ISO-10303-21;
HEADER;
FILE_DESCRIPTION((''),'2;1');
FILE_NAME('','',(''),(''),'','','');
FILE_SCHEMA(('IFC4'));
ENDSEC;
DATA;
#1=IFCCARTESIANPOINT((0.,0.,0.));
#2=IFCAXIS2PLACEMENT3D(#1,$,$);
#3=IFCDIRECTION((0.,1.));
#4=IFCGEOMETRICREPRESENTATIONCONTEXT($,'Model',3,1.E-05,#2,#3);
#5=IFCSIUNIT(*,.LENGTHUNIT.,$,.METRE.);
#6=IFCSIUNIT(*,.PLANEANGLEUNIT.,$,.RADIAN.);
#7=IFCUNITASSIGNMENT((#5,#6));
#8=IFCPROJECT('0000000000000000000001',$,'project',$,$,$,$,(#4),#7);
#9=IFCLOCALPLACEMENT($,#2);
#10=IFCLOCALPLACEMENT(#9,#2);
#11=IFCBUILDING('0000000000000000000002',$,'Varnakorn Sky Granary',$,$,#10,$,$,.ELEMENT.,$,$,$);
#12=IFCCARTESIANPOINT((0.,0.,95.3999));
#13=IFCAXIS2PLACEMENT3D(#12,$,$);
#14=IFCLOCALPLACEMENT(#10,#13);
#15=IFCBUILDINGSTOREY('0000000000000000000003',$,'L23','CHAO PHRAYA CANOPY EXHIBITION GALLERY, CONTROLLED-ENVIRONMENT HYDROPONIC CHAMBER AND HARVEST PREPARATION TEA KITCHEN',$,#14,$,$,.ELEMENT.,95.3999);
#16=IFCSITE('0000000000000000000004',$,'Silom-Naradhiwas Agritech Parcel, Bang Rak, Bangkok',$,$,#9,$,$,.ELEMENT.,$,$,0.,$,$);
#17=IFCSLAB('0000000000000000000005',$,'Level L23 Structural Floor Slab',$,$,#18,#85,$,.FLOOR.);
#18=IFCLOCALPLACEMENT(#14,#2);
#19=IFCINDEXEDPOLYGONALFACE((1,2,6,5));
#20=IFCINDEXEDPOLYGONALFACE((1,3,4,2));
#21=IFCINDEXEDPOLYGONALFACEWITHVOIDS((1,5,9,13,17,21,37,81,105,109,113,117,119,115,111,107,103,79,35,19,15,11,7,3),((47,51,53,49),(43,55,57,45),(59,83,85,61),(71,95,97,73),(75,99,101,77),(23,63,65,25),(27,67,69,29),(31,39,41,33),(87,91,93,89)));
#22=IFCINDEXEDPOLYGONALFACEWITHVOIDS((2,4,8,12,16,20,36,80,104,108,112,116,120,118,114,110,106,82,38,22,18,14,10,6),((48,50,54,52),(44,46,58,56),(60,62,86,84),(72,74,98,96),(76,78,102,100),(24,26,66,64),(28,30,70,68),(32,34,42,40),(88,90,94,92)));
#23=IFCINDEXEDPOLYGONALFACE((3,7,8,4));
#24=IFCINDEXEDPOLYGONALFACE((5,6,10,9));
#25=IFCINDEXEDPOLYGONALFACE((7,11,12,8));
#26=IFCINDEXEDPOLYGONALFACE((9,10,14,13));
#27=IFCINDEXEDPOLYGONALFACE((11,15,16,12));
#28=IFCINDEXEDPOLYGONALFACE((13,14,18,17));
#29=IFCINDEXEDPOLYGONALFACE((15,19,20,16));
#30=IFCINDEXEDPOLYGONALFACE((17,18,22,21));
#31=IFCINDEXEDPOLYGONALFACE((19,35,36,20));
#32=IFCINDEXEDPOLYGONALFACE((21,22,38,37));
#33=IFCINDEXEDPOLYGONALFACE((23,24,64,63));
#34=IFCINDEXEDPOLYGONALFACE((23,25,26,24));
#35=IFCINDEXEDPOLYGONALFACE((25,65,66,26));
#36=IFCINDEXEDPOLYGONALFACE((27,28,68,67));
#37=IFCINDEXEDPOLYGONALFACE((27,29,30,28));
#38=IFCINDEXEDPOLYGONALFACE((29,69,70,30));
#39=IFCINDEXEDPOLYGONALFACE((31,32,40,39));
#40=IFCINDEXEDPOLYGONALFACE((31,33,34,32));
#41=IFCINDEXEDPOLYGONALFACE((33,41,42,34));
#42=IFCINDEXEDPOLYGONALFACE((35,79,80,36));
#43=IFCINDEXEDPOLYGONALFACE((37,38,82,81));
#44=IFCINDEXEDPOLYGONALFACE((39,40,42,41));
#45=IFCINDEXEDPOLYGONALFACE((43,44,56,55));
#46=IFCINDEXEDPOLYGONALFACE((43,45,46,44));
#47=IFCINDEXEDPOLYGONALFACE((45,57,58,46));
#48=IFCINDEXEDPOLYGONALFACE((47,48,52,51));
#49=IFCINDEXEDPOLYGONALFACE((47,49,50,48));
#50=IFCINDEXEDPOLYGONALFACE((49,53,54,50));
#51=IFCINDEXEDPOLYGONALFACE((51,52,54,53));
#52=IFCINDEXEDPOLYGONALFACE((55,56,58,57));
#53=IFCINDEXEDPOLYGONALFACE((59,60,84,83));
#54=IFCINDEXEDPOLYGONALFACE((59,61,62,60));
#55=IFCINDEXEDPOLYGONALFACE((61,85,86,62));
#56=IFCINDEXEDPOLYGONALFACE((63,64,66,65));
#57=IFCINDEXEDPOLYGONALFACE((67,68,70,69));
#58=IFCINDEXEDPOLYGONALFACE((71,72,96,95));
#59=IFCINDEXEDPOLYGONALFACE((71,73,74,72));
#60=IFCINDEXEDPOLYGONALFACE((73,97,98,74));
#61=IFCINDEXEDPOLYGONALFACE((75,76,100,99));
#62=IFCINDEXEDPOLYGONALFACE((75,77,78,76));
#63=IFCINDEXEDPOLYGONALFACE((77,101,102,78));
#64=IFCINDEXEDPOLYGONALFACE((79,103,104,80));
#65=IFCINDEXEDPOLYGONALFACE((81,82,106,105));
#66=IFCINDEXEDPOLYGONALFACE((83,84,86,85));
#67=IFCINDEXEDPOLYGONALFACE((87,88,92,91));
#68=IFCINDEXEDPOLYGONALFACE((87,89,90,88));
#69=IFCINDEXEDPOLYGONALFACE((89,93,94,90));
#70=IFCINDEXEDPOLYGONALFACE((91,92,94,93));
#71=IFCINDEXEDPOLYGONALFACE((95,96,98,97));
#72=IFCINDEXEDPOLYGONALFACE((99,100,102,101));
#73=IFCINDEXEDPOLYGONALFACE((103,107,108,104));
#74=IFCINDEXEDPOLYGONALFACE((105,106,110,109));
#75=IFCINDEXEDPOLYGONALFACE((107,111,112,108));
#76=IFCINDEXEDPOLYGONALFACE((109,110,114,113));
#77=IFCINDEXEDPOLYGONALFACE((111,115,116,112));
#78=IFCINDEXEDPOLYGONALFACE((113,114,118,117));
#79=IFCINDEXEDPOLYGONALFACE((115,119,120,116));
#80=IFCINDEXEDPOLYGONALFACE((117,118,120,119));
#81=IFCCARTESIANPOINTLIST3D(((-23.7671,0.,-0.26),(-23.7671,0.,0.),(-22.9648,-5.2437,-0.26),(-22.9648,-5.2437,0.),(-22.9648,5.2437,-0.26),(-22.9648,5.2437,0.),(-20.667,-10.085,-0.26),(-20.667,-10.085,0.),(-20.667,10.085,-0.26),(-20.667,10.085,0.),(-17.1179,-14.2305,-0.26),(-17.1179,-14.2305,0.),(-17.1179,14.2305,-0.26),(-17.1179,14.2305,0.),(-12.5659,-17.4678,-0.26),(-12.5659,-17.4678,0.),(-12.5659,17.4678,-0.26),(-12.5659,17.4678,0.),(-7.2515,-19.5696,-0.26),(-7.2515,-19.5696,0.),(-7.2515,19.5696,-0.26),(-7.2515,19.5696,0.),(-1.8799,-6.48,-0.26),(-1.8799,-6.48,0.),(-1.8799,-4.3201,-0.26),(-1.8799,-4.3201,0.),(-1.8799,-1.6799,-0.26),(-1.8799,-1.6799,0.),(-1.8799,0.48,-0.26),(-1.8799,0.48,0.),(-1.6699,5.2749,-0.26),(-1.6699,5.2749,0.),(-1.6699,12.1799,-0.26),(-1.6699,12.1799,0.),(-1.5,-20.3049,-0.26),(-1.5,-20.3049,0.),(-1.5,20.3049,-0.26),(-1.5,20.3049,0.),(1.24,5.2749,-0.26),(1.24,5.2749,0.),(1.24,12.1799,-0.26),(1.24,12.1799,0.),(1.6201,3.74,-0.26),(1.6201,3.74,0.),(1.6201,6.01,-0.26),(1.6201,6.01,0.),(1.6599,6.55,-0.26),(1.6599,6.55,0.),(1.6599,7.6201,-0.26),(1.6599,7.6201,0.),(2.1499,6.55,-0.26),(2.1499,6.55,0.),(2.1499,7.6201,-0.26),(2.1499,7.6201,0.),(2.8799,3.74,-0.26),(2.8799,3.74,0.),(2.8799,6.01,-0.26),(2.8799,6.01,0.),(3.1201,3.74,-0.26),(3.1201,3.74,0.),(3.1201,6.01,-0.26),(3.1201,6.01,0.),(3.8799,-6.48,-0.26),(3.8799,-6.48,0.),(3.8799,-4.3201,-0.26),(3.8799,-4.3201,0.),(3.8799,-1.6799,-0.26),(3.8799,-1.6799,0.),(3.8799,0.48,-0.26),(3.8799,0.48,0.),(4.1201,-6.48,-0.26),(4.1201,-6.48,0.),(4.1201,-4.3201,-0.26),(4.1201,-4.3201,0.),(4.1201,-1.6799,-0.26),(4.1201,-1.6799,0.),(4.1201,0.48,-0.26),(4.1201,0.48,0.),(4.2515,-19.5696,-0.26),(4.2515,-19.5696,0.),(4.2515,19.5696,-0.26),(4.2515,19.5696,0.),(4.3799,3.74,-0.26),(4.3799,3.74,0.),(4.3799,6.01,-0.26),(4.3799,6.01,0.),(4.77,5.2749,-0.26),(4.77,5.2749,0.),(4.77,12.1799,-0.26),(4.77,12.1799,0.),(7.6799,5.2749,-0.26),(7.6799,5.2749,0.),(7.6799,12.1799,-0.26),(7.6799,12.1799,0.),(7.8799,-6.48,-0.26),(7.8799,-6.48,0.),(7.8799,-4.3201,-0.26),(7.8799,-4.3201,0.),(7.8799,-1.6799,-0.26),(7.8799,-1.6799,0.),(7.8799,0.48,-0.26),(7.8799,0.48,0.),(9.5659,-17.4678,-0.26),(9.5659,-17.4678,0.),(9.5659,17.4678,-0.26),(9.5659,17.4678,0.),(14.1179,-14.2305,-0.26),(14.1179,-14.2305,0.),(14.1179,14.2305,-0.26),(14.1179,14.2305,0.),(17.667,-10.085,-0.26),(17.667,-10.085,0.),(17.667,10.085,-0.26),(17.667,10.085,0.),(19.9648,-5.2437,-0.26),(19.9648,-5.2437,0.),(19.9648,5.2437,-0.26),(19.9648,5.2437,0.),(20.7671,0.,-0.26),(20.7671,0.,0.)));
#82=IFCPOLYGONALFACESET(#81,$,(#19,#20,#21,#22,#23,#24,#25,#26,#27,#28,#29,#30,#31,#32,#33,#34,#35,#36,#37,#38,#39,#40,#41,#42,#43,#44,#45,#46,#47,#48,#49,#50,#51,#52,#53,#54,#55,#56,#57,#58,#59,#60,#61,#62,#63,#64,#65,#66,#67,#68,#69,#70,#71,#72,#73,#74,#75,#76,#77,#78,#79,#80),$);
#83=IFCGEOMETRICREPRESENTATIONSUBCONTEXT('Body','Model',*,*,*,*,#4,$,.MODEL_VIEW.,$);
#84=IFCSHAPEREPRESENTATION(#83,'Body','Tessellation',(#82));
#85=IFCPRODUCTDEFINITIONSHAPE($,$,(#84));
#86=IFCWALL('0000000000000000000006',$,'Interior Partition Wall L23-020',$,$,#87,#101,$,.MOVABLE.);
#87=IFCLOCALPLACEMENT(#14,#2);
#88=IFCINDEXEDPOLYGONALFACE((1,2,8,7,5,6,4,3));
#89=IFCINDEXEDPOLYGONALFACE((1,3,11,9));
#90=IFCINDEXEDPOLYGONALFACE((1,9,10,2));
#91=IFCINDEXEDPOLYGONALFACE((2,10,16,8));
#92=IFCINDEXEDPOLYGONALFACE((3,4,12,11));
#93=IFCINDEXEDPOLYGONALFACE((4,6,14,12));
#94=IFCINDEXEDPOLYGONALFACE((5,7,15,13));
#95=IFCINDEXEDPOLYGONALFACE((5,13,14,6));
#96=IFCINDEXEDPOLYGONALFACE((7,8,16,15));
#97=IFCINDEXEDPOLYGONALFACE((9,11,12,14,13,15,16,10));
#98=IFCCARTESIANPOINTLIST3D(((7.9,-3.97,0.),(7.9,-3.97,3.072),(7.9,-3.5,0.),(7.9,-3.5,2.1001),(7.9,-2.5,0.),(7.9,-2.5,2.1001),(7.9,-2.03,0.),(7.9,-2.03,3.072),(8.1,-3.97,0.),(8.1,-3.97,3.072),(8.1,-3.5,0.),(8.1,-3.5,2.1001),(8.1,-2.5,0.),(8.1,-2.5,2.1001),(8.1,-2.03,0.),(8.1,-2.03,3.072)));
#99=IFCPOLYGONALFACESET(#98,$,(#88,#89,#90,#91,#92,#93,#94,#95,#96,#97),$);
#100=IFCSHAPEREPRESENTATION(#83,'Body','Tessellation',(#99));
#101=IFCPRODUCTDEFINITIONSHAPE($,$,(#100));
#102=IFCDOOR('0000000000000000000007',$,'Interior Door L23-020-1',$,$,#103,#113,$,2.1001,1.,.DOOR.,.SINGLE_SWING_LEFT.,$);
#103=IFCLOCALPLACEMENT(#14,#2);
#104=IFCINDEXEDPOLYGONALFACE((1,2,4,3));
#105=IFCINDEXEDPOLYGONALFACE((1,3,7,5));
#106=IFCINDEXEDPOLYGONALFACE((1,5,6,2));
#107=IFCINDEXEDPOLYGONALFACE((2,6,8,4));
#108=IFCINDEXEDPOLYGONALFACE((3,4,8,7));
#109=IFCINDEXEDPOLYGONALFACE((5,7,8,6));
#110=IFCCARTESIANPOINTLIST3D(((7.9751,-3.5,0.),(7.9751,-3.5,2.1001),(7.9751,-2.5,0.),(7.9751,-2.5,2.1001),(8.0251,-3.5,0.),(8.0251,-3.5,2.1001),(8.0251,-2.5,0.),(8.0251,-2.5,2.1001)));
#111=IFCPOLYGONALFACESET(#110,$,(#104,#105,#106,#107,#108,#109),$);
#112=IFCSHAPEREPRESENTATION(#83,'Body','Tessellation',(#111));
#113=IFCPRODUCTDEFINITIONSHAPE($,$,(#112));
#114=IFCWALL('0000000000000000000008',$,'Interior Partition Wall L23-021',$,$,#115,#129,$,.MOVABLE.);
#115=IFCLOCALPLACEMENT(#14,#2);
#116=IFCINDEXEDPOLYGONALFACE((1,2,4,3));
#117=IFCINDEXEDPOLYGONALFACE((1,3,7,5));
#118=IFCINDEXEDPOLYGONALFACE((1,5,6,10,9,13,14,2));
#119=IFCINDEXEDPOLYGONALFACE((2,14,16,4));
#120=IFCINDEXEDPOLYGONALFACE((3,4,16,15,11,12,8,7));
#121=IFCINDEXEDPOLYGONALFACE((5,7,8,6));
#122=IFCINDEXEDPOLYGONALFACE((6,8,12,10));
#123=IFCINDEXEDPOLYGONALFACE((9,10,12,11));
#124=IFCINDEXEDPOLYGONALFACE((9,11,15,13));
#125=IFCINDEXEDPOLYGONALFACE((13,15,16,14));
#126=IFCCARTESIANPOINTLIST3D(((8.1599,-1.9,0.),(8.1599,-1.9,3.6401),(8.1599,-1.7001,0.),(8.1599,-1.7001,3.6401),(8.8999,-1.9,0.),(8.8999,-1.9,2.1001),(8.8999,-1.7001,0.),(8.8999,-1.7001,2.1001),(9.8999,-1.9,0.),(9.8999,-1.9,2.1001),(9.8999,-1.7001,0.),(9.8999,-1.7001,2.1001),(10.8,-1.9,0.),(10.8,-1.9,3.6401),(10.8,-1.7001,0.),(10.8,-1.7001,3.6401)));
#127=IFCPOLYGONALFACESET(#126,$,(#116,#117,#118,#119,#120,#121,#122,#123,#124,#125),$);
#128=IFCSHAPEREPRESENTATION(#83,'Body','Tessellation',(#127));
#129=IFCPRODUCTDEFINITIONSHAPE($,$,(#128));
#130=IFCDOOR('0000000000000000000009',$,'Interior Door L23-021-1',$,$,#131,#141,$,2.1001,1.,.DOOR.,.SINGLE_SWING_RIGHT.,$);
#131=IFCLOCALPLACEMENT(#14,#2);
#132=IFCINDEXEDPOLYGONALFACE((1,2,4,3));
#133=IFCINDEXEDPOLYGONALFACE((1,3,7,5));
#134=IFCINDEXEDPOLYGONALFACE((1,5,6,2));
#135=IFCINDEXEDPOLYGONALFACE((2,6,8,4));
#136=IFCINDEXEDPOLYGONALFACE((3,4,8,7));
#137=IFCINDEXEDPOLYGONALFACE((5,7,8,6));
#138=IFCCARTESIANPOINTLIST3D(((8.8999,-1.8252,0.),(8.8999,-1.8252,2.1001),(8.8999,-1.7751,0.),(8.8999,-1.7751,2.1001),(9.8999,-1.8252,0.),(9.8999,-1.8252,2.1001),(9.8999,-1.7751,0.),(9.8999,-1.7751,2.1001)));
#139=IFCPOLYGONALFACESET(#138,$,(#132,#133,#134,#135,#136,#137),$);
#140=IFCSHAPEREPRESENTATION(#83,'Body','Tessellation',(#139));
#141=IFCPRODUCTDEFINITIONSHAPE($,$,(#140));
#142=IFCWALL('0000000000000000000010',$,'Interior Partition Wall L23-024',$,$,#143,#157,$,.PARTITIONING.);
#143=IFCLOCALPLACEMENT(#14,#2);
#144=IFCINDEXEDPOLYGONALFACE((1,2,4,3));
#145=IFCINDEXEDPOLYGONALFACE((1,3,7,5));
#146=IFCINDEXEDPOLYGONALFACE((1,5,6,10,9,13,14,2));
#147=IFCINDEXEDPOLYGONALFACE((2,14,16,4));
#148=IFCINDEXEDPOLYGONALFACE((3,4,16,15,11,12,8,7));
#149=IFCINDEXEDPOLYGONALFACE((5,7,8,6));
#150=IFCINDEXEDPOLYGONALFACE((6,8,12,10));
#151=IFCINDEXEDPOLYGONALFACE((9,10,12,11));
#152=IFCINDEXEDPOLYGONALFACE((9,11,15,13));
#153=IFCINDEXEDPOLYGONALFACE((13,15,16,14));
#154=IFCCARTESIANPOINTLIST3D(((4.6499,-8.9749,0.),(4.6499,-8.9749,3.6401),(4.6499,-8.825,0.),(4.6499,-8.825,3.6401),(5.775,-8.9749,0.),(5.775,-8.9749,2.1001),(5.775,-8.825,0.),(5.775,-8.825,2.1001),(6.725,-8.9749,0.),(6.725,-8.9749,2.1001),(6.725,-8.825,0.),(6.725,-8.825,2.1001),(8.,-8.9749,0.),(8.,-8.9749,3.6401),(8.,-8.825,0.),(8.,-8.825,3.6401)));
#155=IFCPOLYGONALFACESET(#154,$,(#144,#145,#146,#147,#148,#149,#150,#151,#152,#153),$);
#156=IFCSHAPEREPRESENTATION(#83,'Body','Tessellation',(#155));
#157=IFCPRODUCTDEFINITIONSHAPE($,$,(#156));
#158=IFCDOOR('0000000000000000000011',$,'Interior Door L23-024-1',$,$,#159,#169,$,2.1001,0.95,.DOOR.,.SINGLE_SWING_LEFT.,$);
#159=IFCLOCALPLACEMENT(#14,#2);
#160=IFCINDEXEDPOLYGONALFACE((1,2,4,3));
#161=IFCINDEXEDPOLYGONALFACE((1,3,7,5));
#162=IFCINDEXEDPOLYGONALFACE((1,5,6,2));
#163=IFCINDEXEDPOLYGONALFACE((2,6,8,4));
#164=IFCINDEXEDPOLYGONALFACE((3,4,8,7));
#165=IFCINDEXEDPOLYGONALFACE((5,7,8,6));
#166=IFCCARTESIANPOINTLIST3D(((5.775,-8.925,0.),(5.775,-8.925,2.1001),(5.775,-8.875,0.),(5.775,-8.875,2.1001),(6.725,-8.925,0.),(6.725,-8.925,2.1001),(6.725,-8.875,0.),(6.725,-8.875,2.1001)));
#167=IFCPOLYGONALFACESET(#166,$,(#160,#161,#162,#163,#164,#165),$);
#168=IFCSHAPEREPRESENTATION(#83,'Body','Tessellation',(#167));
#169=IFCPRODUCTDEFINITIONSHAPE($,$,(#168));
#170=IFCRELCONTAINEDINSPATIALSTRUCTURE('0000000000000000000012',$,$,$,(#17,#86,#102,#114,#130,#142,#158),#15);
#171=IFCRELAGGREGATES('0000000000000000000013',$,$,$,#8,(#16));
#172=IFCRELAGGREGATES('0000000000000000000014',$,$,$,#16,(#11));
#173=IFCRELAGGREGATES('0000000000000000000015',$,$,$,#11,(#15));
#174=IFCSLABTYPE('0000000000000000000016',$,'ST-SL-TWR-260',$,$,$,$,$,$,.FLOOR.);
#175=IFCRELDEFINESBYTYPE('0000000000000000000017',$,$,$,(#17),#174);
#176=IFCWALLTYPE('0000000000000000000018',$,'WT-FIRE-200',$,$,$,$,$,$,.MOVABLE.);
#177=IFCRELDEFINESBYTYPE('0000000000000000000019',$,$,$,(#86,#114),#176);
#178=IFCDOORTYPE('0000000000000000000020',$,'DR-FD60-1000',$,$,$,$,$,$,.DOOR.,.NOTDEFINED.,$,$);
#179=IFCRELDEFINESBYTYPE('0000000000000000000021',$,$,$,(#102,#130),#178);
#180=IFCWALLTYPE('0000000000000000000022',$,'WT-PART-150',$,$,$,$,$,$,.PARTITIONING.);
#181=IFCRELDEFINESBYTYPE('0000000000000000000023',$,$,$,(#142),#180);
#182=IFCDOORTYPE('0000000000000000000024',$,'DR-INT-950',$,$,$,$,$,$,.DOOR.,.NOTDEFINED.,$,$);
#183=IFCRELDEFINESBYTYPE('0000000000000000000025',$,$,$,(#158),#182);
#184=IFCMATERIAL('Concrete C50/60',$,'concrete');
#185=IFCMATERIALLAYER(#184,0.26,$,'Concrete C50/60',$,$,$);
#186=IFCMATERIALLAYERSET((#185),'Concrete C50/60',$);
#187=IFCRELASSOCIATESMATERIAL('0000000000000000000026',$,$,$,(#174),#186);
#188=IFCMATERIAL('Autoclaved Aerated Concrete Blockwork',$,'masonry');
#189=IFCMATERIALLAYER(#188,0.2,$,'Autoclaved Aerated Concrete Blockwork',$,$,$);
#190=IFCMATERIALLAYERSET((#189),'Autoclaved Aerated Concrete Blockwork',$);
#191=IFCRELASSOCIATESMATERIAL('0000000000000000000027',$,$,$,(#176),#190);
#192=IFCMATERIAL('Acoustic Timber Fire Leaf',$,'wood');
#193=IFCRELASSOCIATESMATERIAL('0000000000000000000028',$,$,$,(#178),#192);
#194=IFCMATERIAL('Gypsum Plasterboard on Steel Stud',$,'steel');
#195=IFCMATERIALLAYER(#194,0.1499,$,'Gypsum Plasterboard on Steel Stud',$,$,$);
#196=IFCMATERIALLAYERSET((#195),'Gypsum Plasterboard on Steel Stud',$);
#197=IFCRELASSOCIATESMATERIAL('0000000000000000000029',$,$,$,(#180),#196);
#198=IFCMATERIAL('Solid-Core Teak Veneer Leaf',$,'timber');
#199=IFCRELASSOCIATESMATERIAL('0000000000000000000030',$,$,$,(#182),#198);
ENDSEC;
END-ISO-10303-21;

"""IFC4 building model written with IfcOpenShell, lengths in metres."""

from ifc_helpers import new_model, si_unit, direction, frame, frame_2d, origin, place, context, subcontext, project, spatial, polyline, rectangle, outline, extrude, material, layer, layer_set, type_object, element, fill, save


model = new_model("IFC4")

# Units and contexts
model_context = context("Model", 3, precision=1e-05, world=origin(), true_north=direction((0.0, 1.0)))
body_context = subcontext(model_context, "Body", "Model", "MODEL_VIEW")
ifc_project = project(units=[si_unit("LENGTHUNIT", "METRE"), si_unit("PLANEANGLEUNIT", "RADIAN")], contexts=[model_context])

# Site, building, storey
site_placement = place(None, origin())
site = spatial("IfcSite", under=ifc_project, at=site_placement, Name="Silom-Naradhiwas Agritech Parcel, Bang Rak, Bangkok", CompositionType="ELEMENT", RefElevation=0.0)
building_placement = place(site_placement, origin())
building = spatial("IfcBuilding", under=site, at=building_placement, Name="Varnakorn Sky Granary", CompositionType="ELEMENT")
storey_placement = place(building_placement, frame((0.0, 0.0, 95.3999)))
storey = spatial("IfcBuildingStorey", under=building, at=storey_placement, Name="L23", Description="CHAO PHRAYA CANOPY EXHIBITION GALLERY, CONTROLLED-ENVIRONMENT HYDROPONIC CHAMBER AND HARVEST PREPARATION TEA KITCHEN", CompositionType="ELEMENT", Elevation=95.3999)

# Slab
ifc_material_1 = material(Name="Concrete C50/60", Category="concrete")
ifc_layer_1 = layer(ifc_material_1, 0.26, Name="Concrete C50/60")
ifc_layer_set_1 = layer_set([ifc_layer_1], Name="Concrete C50/60")
slab_type_1 = type_object("IfcSlabType", Name="ST-SL-TWR-260", PredefinedType="FLOOR", material=ifc_layer_set_1)
slab_1_placement = place(storey_placement, frame((0.0, 0.0, -0.26)))
element("IfcSlab", 1, at=slab_1_placement, inside=storey, type_object=slab_type_1, Name="Level L23 Structural Floor Slab", PredefinedType="FLOOR", context=body_context, shape_type="SweptSolid", body=[
    extrude(outline(polyline([(20.7671, 0.0), (19.9648, 5.2437), (17.667, 10.085), (14.1179, 14.2305), (9.5659, 17.4678), (4.2515, 19.5696), (-1.5, 20.3049), (-7.2515, 19.5696), (-12.5659, 17.4678), (-17.1179, 14.2305), (-20.667, 10.085), (-22.9648, 5.2437), (-23.7671, 0.0), (-22.9648, -5.2437), (-20.667, -10.085), (-17.1179, -14.2305), (-12.5659, -17.4678), (-7.2515, -19.5696), (-1.5, -20.3049), (4.2515, -19.5696), (9.5659, -17.4678), (14.1179, -14.2305), (17.667, -10.085), (19.9648, -5.2437), (20.7671, 0.0)]), holes=[polyline([(1.24, 5.2749), (1.24, 12.1799), (-1.6699, 12.1799), (-1.6699, 5.2749), (1.24, 5.2749)]), polyline([(7.6799, 5.2749), (7.6799, 12.1799), (4.77, 12.1799), (4.77, 5.2749), (7.6799, 5.2749)]), polyline([(1.6599, 6.55), (2.1499, 6.55), (2.1499, 7.6201), (1.6599, 7.6201), (1.6599, 6.55)]), polyline([(1.6201, 3.74), (2.8799, 3.74), (2.8799, 6.01), (1.6201, 6.01), (1.6201, 3.74)]), polyline([(3.1201, 3.74), (4.3799, 3.74), (4.3799, 6.01), (3.1201, 6.01), (3.1201, 3.74)]), polyline([(-1.8799, -1.6799), (3.8799, -1.6799), (3.8799, 0.48), (-1.8799, 0.48), (-1.8799, -1.6799)]), polyline([(4.1201, -1.6799), (7.8799, -1.6799), (7.8799, 0.48), (4.1201, 0.48), (4.1201, -1.6799)]), polyline([(-1.8799, -6.48), (3.8799, -6.48), (3.8799, -4.3201), (-1.8799, -4.3201), (-1.8799, -6.48)]), polyline([(4.1201, -6.48), (7.8799, -6.48), (7.8799, -4.3201), (4.1201, -4.3201), (4.1201, -6.48)])]), origin(), (0.0, 0.0, 1.0), 0.26),
])

# Walls, openings, doors
ifc_material_2 = material(Name="Autoclaved Aerated Concrete Blockwork", Category="masonry")
ifc_layer_2 = layer(ifc_material_2, 0.2, Name="Autoclaved Aerated Concrete Blockwork")
ifc_layer_set_2 = layer_set([ifc_layer_2], Name="Autoclaved Aerated Concrete Blockwork")
wall_type_1 = type_object("IfcWallType", Name="WT-FIRE-200", PredefinedType="MOVABLE", material=ifc_layer_set_2)
wall_1_placement = place(storey_placement, frame((8.0, -3.97, 0.0), z_axis=(0.0, 0.0, 1.0), x_axis=(0.0, 1.0, 0.0)))
wall_1 = element("IfcWall", 2, at=wall_1_placement, inside=storey, type_object=wall_type_1, Name="Interior Partition Wall L23-020", PredefinedType="MOVABLE", context=body_context, shape_type="SweptSolid", body=[
    extrude(rectangle(XDim=1.9399, YDim=0.2, at=frame_2d((0.97, 0.0))), origin(), (0.0, 0.0, 1.0), 3.072),
])
opening_1_placement = place(wall_1_placement, frame((0.47, 0.0, 0.0)))
opening_1 = element("IfcOpeningElement", 3, at=opening_1_placement, cuts=wall_1, PredefinedType="OPENING", context=body_context, shape_type="SweptSolid", body=[
    extrude(rectangle(XDim=1.0, YDim=2.1001, at=frame_2d((0.5, 1.05))), frame((0.0, 0.1099, 0.0), z_axis=(0.0, -1.0, 0.0), x_axis=(1.0, 0.0, 0.0)), (0.0, 0.0, 1.0), 0.22),
])
ifc_material_3 = material(Name="Acoustic Timber Fire Leaf", Category="wood")
door_type_1 = type_object("IfcDoorType", Name="DR-FD60-1000", OperationType="NOTDEFINED", PredefinedType="DOOR", material=ifc_material_3)
door_1_placement = place(opening_1_placement, origin())
door_1 = element("IfcDoor", 4, at=door_1_placement, inside=storey, type_object=door_type_1, Name="Interior Door L23-020-1", OperationType="SINGLE_SWING_LEFT", OverallHeight=2.1001, OverallWidth=1.0, PredefinedType="DOOR", context=body_context, shape_type="SweptSolid", body=[
    extrude(rectangle(XDim=1.0, YDim=2.1001, at=frame_2d((0.5, 1.05))), frame((0.0, 0.0249, 0.0), z_axis=(0.0, -1.0, 0.0), x_axis=(1.0, 0.0, 0.0)), (0.0, 0.0, 1.0), 0.05),
])
fill(opening_1, door_1)
wall_2_placement = place(storey_placement, frame((8.1599, -1.8, 0.0), z_axis=(0.0, 0.0, 1.0), x_axis=(1.0, 0.0, 0.0)))
wall_2 = element("IfcWall", 5, at=wall_2_placement, inside=storey, type_object=wall_type_1, Name="Interior Partition Wall L23-021", PredefinedType="MOVABLE", context=body_context, shape_type="SweptSolid", body=[
    extrude(rectangle(XDim=2.6401, YDim=0.2, at=frame_2d((1.3201, 0.0))), origin(), (0.0, 0.0, 1.0), 3.6401),
])
opening_2_placement = place(wall_2_placement, frame((0.74, 0.0, 0.0)))
opening_2 = element("IfcOpeningElement", 6, at=opening_2_placement, cuts=wall_2, PredefinedType="OPENING", context=body_context, shape_type="SweptSolid", body=[
    extrude(rectangle(XDim=1.0, YDim=2.1001, at=frame_2d((0.5, 1.05))), frame((0.0, 0.1099, 0.0), z_axis=(0.0, -1.0, 0.0), x_axis=(1.0, 0.0, 0.0)), (0.0, 0.0, 1.0), 0.22),
])
door_2_placement = place(opening_2_placement, origin())
door_2 = element("IfcDoor", 7, at=door_2_placement, inside=storey, type_object=door_type_1, Name="Interior Door L23-021-1", OperationType="SINGLE_SWING_RIGHT", OverallHeight=2.1001, OverallWidth=1.0, PredefinedType="DOOR", context=body_context, shape_type="SweptSolid", body=[
    extrude(rectangle(XDim=1.0, YDim=2.1001, at=frame_2d((0.5, 1.05))), frame((0.0, 0.0249, 0.0), z_axis=(0.0, -1.0, 0.0), x_axis=(1.0, 0.0, 0.0)), (0.0, 0.0, 1.0), 0.05),
])
fill(opening_2, door_2)
ifc_material_4 = material(Name="Gypsum Plasterboard on Steel Stud", Category="steel")
ifc_layer_3 = layer(ifc_material_4, 0.1499, Name="Gypsum Plasterboard on Steel Stud")
ifc_layer_set_3 = layer_set([ifc_layer_3], Name="Gypsum Plasterboard on Steel Stud")
wall_type_2 = type_object("IfcWallType", Name="WT-PART-150", PredefinedType="PARTITIONING", material=ifc_layer_set_3)
wall_3_placement = place(storey_placement, frame((4.6499, -8.8999, 0.0), z_axis=(0.0, 0.0, 1.0), x_axis=(1.0, 0.0, 0.0)))
wall_3 = element("IfcWall", 8, at=wall_3_placement, inside=storey, type_object=wall_type_2, Name="Interior Partition Wall L23-024", PredefinedType="PARTITIONING", context=body_context, shape_type="SweptSolid", body=[
    extrude(rectangle(XDim=3.3501, YDim=0.1499, at=frame_2d((1.675, 0.0))), origin(), (0.0, 0.0, 1.0), 3.6401),
])
opening_3_placement = place(wall_3_placement, frame((1.125, 0.0, 0.0)))
opening_3 = element("IfcOpeningElement", 9, at=opening_3_placement, cuts=wall_3, PredefinedType="OPENING", context=body_context, shape_type="SweptSolid", body=[
    extrude(rectangle(XDim=0.95, YDim=2.1001, at=frame_2d((0.4751, 1.05))), frame((0.0, 0.085, 0.0), z_axis=(0.0, -1.0, 0.0), x_axis=(1.0, 0.0, 0.0)), (0.0, 0.0, 1.0), 0.1699),
])
ifc_material_5 = material(Name="Solid-Core Teak Veneer Leaf", Category="timber")
door_type_2 = type_object("IfcDoorType", Name="DR-INT-950", OperationType="NOTDEFINED", PredefinedType="DOOR", material=ifc_material_5)
door_3_placement = place(opening_3_placement, origin())
door_3 = element("IfcDoor", 10, at=door_3_placement, inside=storey, type_object=door_type_2, Name="Interior Door L23-024-1", OperationType="SINGLE_SWING_LEFT", OverallHeight=2.1001, OverallWidth=0.95, PredefinedType="DOOR", context=body_context, shape_type="SweptSolid", body=[
    extrude(rectangle(XDim=0.95, YDim=2.1001, at=frame_2d((0.4751, 1.05))), frame((0.0, 0.0249, 0.0), z_axis=(0.0, -1.0, 0.0), x_axis=(1.0, 0.0, 0.0)), (0.0, 0.0, 1.0), 0.05),
])
fill(opening_3, door_3)

save(model, "model.ifc")
